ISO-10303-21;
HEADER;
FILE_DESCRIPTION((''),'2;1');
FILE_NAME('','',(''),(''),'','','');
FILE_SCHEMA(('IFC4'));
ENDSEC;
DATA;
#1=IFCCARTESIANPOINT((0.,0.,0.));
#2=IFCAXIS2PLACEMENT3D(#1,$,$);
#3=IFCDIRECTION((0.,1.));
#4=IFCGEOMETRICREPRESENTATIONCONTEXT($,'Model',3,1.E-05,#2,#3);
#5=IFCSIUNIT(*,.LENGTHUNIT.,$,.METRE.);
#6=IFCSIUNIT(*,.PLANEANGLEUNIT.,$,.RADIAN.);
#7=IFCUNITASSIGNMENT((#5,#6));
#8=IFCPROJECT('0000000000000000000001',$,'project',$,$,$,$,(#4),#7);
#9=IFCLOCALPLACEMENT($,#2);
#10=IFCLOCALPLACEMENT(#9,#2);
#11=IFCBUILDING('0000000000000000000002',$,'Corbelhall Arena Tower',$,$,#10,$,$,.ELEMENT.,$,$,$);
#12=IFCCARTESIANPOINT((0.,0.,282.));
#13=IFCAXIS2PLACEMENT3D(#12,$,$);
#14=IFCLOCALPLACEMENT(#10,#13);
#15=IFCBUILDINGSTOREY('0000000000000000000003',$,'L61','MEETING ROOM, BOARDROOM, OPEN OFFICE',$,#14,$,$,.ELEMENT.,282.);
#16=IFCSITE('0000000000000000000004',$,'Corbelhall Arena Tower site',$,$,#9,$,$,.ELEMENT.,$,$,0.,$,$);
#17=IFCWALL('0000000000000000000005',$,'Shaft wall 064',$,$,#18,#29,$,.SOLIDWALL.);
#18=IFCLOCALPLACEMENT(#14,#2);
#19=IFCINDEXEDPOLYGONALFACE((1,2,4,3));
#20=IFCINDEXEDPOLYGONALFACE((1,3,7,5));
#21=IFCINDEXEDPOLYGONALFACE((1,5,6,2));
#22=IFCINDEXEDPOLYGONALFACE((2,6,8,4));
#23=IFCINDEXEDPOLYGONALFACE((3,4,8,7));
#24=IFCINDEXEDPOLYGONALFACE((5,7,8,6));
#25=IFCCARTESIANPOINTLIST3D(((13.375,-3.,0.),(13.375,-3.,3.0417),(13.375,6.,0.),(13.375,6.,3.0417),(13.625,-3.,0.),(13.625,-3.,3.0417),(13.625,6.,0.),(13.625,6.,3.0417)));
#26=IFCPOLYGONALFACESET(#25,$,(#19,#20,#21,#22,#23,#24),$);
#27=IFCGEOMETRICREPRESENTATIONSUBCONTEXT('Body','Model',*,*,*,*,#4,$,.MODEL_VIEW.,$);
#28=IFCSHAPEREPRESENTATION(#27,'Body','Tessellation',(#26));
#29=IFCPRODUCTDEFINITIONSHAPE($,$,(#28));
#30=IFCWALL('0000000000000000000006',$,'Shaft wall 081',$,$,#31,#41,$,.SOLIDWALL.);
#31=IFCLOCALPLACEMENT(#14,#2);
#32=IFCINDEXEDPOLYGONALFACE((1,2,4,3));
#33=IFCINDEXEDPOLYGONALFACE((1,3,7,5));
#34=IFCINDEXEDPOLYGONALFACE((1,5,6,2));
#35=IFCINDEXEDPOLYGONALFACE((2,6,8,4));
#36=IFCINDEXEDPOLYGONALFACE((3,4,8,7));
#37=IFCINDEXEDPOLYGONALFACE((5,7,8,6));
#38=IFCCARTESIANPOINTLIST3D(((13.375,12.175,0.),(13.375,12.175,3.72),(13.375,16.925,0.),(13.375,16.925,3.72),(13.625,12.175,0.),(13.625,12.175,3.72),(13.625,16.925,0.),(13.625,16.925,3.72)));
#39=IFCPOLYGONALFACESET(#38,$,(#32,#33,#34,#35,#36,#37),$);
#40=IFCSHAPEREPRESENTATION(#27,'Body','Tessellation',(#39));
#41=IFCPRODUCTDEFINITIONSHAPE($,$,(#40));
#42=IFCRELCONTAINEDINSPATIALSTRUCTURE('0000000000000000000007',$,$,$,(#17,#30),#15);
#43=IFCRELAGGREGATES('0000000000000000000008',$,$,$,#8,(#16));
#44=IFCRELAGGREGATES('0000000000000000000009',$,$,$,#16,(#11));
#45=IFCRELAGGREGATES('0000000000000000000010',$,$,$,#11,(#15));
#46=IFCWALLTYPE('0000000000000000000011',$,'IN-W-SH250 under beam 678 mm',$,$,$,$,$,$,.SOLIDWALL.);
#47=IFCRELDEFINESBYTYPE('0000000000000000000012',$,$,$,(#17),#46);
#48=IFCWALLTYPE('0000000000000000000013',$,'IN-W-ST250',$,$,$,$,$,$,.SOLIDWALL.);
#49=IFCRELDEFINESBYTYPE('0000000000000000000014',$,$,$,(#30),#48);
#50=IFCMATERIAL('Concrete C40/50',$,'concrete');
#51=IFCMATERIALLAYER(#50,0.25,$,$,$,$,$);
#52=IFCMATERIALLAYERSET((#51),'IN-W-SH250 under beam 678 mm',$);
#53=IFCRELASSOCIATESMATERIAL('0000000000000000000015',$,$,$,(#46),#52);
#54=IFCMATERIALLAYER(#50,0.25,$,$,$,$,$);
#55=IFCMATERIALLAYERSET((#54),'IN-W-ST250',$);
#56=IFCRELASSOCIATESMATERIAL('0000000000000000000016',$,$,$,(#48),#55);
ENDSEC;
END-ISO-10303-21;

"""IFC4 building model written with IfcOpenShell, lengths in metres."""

from ifc_helpers import new_model, si_unit, direction, frame, frame_2d, origin, place, context, subcontext, project, spatial, rectangle, extrude, material, layer, layer_set, type_object, element, save


model = new_model("IFC4")

# Units and contexts
model_context = context("Model", 3, precision=1e-05, world=origin(), true_north=direction((0.0, 1.0)))
body_context = subcontext(model_context, "Body", "Model", "MODEL_VIEW")
ifc_project = project(units=[si_unit("LENGTHUNIT", "METRE"), si_unit("PLANEANGLEUNIT", "RADIAN")], contexts=[model_context])

# Site, building, storey
site_placement = place(None, origin())
site = spatial("IfcSite", under=ifc_project, at=site_placement, Name="Corbelhall Arena Tower site", CompositionType="ELEMENT", RefElevation=0.0)
building_placement = place(site_placement, origin())
building = spatial("IfcBuilding", under=site, at=building_placement, Name="Corbelhall Arena Tower", CompositionType="ELEMENT")
storey_placement = place(building_placement, frame((0.0, 0.0, 282.0)))
storey = spatial("IfcBuildingStorey", under=building, at=storey_placement, Name="L61", Description="MEETING ROOM, BOARDROOM, OPEN OFFICE", CompositionType="ELEMENT", Elevation=282.0)

# Walls
ifc_material_1 = material(Name="Concrete C40/50", Category="concrete")
ifc_layer_1 = layer(ifc_material_1, 0.25)
ifc_layer_set_1 = layer_set([ifc_layer_1], Name="IN-W-SH250 under beam 678 mm")
wall_type_1 = type_object("IfcWallType", Name="IN-W-SH250 under beam 678 mm", PredefinedType="SOLIDWALL", material=ifc_layer_set_1)
wall_1_placement = place(storey_placement, frame((13.5, 6.0, 0.0), z_axis=(0.0, 0.0, 1.0), x_axis=(0.0, -1.0, 0.0)))
element("IfcWall", 1, at=wall_1_placement, inside=storey, type_object=wall_type_1, Name="Shaft wall 064", PredefinedType="SOLIDWALL", context=body_context, shape_type="SweptSolid", body=[
    extrude(rectangle(XDim=9.0, YDim=0.25, at=frame_2d((4.5, 0.0))), origin(), (0.0, 0.0, 1.0), 3.0417),
])
ifc_layer_2 = layer(ifc_material_1, 0.25)
ifc_layer_set_2 = layer_set([ifc_layer_2], Name="IN-W-ST250")
wall_type_2 = type_object("IfcWallType", Name="IN-W-ST250", PredefinedType="SOLIDWALL", material=ifc_layer_set_2)
wall_2_placement = place(storey_placement, frame((13.5, 12.175, 0.0), z_axis=(0.0, 0.0, 1.0), x_axis=(0.0, 1.0, 0.0)))
element("IfcWall", 2, at=wall_2_placement, inside=storey, type_object=wall_type_2, Name="Shaft wall 081", PredefinedType="SOLIDWALL", context=body_context, shape_type="SweptSolid", body=[
    extrude(rectangle(XDim=4.75, YDim=0.25, at=frame_2d((2.375, 0.0))), origin(), (0.0, 0.0, 1.0), 3.72),
])

save(model, "model.ifc")
